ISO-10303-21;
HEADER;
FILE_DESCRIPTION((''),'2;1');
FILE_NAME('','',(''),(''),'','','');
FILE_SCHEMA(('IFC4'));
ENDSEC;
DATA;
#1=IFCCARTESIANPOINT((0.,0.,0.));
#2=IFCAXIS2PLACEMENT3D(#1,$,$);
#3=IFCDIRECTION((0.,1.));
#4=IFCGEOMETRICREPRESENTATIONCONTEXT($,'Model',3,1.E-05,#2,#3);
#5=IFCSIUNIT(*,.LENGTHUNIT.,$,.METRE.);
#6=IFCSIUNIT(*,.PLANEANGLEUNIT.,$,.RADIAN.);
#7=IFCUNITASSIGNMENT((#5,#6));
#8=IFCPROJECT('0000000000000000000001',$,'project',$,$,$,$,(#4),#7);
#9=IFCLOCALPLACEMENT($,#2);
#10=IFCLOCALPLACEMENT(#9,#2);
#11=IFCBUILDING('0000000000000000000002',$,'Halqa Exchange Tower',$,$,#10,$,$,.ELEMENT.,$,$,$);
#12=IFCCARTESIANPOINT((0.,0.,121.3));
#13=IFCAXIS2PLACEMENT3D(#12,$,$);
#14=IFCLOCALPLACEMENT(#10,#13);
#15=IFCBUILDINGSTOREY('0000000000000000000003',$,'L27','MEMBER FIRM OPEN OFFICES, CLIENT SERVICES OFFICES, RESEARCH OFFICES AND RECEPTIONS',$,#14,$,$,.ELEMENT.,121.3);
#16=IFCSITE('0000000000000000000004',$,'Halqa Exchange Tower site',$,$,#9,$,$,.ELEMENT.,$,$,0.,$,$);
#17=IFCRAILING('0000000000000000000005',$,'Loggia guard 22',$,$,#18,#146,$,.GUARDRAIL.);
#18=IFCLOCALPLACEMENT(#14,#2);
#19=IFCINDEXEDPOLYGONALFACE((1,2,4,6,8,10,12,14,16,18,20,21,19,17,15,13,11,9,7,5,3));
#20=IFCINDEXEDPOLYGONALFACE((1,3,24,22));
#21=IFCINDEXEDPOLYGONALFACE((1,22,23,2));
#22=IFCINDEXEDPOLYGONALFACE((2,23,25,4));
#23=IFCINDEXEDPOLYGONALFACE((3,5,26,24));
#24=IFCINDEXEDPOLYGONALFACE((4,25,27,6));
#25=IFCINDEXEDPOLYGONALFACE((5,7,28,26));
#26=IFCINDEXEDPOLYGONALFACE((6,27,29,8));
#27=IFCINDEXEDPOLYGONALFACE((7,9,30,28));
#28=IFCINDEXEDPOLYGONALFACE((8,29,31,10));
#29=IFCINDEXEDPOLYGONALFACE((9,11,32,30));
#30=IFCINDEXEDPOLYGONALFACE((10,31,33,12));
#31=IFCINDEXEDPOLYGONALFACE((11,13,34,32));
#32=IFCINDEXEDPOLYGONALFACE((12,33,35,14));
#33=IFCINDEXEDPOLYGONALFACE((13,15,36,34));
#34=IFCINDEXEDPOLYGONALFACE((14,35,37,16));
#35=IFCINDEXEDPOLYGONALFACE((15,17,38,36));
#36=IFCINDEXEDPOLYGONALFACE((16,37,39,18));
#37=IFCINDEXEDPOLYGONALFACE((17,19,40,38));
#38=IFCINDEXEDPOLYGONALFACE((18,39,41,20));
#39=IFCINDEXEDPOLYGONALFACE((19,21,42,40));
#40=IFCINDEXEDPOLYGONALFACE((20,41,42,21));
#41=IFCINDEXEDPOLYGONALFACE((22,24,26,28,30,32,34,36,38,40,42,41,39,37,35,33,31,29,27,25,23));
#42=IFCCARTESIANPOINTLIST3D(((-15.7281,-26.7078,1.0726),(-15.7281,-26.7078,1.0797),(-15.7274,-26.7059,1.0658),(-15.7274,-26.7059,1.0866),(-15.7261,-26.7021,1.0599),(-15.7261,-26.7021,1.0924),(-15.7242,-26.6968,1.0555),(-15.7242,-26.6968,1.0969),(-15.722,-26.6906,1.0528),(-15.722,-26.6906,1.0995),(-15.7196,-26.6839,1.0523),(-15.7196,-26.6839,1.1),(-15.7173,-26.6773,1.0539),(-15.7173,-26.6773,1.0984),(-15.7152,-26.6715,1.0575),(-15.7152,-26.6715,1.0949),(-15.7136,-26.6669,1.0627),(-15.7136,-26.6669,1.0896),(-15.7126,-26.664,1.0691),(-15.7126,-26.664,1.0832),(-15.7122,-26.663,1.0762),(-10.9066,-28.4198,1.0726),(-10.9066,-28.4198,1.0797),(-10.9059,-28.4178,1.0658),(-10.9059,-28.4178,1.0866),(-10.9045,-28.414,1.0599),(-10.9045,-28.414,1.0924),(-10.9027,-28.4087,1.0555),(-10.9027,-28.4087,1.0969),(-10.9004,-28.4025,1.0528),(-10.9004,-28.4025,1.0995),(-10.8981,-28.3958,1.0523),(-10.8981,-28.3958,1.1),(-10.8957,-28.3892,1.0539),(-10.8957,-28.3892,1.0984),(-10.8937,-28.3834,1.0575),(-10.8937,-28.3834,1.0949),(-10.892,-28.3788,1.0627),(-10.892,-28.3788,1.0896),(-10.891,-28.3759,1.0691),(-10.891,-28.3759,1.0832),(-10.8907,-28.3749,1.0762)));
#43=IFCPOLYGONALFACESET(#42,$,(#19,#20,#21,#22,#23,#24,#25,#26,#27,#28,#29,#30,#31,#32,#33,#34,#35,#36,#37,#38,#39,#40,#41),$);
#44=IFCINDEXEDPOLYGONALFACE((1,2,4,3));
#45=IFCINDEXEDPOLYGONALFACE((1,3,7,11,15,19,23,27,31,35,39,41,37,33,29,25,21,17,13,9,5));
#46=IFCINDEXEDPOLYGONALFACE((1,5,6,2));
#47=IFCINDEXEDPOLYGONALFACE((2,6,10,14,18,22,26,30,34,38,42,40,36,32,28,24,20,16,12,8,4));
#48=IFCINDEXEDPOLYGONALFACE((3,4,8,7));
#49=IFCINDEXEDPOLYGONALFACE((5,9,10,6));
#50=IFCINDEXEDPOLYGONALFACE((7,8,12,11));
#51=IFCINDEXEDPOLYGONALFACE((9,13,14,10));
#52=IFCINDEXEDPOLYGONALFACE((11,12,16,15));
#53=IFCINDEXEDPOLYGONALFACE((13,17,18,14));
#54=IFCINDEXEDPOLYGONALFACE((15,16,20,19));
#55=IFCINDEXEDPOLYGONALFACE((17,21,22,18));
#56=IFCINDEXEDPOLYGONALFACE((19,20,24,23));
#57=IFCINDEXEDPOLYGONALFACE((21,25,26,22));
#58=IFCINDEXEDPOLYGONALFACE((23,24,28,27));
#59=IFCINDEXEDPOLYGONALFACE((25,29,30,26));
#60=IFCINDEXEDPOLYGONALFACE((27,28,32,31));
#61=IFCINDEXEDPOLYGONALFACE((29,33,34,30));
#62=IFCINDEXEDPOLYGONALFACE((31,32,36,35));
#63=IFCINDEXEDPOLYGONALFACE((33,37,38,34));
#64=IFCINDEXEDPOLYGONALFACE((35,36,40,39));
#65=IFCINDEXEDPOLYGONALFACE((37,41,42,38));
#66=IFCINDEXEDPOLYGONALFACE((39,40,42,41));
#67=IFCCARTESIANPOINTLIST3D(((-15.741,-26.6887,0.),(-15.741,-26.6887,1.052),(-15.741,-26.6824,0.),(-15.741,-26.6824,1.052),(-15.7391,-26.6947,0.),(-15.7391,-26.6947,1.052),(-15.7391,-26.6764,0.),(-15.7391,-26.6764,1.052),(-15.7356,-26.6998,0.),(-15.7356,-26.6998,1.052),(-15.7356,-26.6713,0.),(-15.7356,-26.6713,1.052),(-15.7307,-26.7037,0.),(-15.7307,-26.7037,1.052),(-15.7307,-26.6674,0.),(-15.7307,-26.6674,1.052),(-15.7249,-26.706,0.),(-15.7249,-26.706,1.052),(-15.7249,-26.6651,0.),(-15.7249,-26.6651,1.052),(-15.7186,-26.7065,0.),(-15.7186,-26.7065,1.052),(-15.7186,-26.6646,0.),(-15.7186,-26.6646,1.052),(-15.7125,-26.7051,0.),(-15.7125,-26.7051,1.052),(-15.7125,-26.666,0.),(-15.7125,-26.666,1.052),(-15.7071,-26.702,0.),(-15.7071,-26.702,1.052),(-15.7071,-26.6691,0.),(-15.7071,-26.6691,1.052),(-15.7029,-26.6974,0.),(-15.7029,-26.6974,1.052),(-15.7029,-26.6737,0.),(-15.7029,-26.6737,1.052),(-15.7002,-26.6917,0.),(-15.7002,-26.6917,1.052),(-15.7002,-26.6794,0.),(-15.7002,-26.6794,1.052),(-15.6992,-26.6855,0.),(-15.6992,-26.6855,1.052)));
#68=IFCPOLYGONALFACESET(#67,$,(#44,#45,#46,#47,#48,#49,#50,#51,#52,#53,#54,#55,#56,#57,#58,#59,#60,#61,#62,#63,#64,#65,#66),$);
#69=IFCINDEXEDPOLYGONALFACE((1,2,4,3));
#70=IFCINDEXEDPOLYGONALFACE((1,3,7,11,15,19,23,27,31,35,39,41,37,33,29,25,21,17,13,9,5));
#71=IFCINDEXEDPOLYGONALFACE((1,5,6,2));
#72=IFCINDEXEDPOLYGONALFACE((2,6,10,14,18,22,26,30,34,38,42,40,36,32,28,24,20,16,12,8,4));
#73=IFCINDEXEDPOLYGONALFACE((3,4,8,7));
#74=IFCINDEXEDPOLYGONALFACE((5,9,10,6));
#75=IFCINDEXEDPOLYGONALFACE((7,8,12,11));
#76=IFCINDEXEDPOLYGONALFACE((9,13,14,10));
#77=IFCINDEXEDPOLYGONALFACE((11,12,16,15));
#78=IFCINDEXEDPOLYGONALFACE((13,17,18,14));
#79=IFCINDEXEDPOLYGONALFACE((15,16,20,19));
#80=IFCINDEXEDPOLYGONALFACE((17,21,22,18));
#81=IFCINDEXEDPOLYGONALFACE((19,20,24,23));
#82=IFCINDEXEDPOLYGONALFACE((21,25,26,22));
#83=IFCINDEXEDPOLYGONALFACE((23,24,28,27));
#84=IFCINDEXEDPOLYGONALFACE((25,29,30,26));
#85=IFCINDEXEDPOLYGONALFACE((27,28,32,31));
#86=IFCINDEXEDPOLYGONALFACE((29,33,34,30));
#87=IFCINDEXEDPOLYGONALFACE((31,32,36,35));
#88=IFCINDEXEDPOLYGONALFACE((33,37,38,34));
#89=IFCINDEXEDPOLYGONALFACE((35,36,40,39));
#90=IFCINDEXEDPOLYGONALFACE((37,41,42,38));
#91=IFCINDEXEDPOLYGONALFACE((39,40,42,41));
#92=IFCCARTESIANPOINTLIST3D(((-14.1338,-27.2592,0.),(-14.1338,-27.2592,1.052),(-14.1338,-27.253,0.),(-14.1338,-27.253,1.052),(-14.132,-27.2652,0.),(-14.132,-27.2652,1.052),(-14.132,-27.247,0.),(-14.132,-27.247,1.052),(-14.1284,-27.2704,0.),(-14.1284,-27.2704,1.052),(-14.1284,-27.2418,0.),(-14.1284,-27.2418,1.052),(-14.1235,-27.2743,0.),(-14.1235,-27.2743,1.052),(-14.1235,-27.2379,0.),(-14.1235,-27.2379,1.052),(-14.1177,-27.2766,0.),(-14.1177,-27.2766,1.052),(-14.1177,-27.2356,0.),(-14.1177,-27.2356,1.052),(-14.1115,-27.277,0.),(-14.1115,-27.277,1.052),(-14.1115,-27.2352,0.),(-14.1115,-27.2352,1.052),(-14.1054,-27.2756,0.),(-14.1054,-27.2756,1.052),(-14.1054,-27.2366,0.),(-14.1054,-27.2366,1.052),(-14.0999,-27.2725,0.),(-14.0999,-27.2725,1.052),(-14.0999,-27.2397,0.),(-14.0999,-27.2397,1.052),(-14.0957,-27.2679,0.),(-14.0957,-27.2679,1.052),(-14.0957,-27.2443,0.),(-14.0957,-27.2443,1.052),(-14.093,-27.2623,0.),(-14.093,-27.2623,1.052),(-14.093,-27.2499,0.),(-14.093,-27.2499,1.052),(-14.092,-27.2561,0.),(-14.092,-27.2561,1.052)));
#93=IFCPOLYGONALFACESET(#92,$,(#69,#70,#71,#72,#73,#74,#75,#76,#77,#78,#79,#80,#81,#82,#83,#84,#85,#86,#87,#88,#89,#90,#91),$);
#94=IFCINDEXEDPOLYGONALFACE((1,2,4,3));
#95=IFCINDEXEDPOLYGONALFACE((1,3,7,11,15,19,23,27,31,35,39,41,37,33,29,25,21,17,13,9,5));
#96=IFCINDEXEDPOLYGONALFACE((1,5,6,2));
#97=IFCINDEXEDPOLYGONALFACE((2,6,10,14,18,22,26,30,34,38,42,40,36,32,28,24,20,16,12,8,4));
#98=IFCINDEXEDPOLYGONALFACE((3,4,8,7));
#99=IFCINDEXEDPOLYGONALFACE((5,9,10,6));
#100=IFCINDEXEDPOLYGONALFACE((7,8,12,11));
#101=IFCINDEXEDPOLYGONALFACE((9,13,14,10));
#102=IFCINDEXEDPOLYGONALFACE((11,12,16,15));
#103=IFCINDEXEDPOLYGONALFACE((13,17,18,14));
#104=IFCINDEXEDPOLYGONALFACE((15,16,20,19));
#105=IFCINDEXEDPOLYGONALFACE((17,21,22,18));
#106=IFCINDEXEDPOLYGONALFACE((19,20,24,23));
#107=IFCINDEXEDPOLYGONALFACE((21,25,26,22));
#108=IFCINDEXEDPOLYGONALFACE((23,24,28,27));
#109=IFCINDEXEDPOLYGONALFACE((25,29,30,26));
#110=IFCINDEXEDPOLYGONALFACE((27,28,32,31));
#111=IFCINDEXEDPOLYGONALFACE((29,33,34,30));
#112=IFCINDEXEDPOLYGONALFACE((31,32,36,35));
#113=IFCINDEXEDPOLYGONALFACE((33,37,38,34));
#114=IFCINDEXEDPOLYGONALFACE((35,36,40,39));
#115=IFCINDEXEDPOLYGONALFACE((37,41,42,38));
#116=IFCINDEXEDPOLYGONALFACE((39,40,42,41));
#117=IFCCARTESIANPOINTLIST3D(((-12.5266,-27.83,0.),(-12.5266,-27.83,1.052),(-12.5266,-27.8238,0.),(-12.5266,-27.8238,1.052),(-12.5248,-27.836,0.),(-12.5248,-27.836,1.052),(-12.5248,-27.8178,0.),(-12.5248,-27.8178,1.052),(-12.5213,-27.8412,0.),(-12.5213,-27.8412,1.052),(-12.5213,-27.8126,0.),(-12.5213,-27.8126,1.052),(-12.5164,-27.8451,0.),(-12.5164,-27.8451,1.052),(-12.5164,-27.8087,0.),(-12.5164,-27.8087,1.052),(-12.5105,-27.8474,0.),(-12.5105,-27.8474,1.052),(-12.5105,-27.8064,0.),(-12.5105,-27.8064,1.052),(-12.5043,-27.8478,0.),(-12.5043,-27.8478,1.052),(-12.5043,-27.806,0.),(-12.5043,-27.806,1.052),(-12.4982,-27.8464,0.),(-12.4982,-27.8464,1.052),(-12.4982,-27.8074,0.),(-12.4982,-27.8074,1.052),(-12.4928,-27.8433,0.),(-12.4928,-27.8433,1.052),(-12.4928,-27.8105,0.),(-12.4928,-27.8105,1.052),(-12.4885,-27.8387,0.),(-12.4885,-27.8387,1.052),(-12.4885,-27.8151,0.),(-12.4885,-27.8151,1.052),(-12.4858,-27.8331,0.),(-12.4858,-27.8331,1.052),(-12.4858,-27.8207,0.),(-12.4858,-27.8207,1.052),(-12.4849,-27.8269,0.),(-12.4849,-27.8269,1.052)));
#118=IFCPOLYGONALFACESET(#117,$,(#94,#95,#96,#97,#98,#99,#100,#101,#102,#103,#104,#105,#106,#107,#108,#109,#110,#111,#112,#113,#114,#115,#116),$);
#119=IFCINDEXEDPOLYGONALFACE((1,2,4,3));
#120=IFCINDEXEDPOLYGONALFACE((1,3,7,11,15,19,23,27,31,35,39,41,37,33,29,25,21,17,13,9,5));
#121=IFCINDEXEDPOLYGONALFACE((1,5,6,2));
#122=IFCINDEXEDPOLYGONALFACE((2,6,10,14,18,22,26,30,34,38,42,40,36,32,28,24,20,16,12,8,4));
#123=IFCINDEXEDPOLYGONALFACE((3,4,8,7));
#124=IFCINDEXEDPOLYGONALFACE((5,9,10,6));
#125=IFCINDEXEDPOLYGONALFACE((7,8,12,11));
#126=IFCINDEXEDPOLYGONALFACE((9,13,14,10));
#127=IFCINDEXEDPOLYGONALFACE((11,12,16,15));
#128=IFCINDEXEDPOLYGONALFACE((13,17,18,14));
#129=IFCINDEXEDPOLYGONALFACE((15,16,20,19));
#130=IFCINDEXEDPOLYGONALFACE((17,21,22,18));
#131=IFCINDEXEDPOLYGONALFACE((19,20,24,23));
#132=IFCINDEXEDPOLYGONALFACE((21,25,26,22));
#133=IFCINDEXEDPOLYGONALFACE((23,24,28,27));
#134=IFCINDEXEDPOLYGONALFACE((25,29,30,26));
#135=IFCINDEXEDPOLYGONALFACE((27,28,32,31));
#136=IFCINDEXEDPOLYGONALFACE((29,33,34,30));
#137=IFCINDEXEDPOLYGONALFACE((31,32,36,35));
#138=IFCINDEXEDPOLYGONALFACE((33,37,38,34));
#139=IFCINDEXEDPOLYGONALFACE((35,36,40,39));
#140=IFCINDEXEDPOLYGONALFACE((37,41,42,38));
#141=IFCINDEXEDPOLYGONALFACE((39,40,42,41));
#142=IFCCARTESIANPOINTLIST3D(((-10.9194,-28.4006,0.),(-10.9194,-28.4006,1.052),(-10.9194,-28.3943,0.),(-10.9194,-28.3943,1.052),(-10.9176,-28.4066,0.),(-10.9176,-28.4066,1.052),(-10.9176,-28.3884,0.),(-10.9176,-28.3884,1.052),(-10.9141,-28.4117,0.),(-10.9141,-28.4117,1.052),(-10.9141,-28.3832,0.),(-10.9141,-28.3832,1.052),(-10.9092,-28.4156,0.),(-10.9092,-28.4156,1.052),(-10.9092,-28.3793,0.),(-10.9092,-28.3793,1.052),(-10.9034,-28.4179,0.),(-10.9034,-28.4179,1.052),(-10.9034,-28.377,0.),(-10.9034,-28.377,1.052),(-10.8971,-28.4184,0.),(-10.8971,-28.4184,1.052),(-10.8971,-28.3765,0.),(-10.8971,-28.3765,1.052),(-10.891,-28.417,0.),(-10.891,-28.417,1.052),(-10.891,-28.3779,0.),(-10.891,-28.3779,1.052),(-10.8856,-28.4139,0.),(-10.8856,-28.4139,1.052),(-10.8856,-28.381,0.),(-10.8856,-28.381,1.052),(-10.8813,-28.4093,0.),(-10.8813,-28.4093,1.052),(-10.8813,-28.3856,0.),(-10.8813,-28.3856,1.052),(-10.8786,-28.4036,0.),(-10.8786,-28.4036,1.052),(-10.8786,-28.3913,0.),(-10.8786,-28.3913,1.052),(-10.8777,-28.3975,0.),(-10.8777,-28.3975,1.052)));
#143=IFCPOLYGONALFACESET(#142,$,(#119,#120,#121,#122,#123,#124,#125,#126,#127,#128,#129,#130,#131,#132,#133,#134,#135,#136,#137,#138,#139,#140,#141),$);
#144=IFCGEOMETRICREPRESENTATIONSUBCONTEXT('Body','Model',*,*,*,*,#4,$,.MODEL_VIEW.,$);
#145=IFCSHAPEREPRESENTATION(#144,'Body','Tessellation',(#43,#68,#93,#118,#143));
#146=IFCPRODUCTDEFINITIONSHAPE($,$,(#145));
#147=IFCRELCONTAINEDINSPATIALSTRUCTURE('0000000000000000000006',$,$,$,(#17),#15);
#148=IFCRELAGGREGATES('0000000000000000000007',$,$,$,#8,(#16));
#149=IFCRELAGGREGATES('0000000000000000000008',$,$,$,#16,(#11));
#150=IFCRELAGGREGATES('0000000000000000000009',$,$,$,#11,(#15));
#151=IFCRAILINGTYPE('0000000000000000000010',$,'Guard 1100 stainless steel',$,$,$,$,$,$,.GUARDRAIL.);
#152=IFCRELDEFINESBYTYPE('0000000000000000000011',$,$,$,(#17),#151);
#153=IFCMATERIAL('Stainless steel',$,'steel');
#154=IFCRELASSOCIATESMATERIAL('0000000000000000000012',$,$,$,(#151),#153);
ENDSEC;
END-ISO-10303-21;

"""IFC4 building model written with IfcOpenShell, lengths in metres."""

from ifc_helpers import new_model, si_unit, direction, frame, origin, origin_2d, place, context, subcontext, project, spatial, circle, extrude, material, type_object, element, save


model = new_model("IFC4")

# Units and contexts
model_context = context("Model", 3, precision=1e-05, world=origin(), true_north=direction((0.0, 1.0)))
body_context = subcontext(model_context, "Body", "Model", "MODEL_VIEW")
ifc_project = project(units=[si_unit("LENGTHUNIT", "METRE"), si_unit("PLANEANGLEUNIT", "RADIAN")], contexts=[model_context])

# Site, building, storey
site_placement = place(None, origin())
site = spatial("IfcSite", under=ifc_project, at=site_placement, Name="Halqa Exchange Tower site", CompositionType="ELEMENT", RefElevation=0.0)
building_placement = place(site_placement, origin())
building = spatial("IfcBuilding", under=site, at=building_placement, Name="Halqa Exchange Tower", CompositionType="ELEMENT")
storey_placement = place(building_placement, frame((0.0, 0.0, 121.3)))
storey = spatial("IfcBuildingStorey", under=building, at=storey_placement, Name="L27", Description="MEMBER FIRM OPEN OFFICES, CLIENT SERVICES OFFICES, RESEARCH OFFICES AND RECEPTIONS", CompositionType="ELEMENT", Elevation=121.3)

# Railing
ifc_material_1 = material(Name="Stainless steel", Category="steel")
railing_type = type_object("IfcRailingType", Name="Guard 1100 stainless steel", PredefinedType="GUARDRAIL", material=ifc_material_1)
railing_1_placement = place(storey_placement, frame((-15.7202, -26.6855, 0.0)))
element("IfcRailing", 1, at=railing_1_placement, inside=storey, type_object=railing_type, Name="Loggia guard 22", PredefinedType="GUARDRAIL", context=body_context, shape_type="SweptSolid", body=[
    extrude(circle(Radius=0.0239, at=origin_2d()), frame((0.0, 0.0, 1.0762), z_axis=(0.942363, -0.334592, 0.0), x_axis=(0.334592, 0.942363, 0.0)), (0.0, 0.0, 1.0), 5.1165),
    extrude(circle(Radius=0.021, at=origin_2d()), origin(), (0.0, 0.0, 1.0), 1.052),
    extrude(circle(Radius=0.021, at=origin_2d()), frame((1.6072, -0.5706, 0.0)), (0.0, 0.0, 1.0), 1.052),
    extrude(circle(Radius=0.021, at=origin_2d()), frame((3.2144, -1.1414, 0.0)), (0.0, 0.0, 1.0), 1.052),
    extrude(circle(Radius=0.021, at=origin_2d()), frame((4.8215, -1.7119, 0.0)), (0.0, 0.0, 1.0), 1.052),
])

save(model, "model.ifc")
